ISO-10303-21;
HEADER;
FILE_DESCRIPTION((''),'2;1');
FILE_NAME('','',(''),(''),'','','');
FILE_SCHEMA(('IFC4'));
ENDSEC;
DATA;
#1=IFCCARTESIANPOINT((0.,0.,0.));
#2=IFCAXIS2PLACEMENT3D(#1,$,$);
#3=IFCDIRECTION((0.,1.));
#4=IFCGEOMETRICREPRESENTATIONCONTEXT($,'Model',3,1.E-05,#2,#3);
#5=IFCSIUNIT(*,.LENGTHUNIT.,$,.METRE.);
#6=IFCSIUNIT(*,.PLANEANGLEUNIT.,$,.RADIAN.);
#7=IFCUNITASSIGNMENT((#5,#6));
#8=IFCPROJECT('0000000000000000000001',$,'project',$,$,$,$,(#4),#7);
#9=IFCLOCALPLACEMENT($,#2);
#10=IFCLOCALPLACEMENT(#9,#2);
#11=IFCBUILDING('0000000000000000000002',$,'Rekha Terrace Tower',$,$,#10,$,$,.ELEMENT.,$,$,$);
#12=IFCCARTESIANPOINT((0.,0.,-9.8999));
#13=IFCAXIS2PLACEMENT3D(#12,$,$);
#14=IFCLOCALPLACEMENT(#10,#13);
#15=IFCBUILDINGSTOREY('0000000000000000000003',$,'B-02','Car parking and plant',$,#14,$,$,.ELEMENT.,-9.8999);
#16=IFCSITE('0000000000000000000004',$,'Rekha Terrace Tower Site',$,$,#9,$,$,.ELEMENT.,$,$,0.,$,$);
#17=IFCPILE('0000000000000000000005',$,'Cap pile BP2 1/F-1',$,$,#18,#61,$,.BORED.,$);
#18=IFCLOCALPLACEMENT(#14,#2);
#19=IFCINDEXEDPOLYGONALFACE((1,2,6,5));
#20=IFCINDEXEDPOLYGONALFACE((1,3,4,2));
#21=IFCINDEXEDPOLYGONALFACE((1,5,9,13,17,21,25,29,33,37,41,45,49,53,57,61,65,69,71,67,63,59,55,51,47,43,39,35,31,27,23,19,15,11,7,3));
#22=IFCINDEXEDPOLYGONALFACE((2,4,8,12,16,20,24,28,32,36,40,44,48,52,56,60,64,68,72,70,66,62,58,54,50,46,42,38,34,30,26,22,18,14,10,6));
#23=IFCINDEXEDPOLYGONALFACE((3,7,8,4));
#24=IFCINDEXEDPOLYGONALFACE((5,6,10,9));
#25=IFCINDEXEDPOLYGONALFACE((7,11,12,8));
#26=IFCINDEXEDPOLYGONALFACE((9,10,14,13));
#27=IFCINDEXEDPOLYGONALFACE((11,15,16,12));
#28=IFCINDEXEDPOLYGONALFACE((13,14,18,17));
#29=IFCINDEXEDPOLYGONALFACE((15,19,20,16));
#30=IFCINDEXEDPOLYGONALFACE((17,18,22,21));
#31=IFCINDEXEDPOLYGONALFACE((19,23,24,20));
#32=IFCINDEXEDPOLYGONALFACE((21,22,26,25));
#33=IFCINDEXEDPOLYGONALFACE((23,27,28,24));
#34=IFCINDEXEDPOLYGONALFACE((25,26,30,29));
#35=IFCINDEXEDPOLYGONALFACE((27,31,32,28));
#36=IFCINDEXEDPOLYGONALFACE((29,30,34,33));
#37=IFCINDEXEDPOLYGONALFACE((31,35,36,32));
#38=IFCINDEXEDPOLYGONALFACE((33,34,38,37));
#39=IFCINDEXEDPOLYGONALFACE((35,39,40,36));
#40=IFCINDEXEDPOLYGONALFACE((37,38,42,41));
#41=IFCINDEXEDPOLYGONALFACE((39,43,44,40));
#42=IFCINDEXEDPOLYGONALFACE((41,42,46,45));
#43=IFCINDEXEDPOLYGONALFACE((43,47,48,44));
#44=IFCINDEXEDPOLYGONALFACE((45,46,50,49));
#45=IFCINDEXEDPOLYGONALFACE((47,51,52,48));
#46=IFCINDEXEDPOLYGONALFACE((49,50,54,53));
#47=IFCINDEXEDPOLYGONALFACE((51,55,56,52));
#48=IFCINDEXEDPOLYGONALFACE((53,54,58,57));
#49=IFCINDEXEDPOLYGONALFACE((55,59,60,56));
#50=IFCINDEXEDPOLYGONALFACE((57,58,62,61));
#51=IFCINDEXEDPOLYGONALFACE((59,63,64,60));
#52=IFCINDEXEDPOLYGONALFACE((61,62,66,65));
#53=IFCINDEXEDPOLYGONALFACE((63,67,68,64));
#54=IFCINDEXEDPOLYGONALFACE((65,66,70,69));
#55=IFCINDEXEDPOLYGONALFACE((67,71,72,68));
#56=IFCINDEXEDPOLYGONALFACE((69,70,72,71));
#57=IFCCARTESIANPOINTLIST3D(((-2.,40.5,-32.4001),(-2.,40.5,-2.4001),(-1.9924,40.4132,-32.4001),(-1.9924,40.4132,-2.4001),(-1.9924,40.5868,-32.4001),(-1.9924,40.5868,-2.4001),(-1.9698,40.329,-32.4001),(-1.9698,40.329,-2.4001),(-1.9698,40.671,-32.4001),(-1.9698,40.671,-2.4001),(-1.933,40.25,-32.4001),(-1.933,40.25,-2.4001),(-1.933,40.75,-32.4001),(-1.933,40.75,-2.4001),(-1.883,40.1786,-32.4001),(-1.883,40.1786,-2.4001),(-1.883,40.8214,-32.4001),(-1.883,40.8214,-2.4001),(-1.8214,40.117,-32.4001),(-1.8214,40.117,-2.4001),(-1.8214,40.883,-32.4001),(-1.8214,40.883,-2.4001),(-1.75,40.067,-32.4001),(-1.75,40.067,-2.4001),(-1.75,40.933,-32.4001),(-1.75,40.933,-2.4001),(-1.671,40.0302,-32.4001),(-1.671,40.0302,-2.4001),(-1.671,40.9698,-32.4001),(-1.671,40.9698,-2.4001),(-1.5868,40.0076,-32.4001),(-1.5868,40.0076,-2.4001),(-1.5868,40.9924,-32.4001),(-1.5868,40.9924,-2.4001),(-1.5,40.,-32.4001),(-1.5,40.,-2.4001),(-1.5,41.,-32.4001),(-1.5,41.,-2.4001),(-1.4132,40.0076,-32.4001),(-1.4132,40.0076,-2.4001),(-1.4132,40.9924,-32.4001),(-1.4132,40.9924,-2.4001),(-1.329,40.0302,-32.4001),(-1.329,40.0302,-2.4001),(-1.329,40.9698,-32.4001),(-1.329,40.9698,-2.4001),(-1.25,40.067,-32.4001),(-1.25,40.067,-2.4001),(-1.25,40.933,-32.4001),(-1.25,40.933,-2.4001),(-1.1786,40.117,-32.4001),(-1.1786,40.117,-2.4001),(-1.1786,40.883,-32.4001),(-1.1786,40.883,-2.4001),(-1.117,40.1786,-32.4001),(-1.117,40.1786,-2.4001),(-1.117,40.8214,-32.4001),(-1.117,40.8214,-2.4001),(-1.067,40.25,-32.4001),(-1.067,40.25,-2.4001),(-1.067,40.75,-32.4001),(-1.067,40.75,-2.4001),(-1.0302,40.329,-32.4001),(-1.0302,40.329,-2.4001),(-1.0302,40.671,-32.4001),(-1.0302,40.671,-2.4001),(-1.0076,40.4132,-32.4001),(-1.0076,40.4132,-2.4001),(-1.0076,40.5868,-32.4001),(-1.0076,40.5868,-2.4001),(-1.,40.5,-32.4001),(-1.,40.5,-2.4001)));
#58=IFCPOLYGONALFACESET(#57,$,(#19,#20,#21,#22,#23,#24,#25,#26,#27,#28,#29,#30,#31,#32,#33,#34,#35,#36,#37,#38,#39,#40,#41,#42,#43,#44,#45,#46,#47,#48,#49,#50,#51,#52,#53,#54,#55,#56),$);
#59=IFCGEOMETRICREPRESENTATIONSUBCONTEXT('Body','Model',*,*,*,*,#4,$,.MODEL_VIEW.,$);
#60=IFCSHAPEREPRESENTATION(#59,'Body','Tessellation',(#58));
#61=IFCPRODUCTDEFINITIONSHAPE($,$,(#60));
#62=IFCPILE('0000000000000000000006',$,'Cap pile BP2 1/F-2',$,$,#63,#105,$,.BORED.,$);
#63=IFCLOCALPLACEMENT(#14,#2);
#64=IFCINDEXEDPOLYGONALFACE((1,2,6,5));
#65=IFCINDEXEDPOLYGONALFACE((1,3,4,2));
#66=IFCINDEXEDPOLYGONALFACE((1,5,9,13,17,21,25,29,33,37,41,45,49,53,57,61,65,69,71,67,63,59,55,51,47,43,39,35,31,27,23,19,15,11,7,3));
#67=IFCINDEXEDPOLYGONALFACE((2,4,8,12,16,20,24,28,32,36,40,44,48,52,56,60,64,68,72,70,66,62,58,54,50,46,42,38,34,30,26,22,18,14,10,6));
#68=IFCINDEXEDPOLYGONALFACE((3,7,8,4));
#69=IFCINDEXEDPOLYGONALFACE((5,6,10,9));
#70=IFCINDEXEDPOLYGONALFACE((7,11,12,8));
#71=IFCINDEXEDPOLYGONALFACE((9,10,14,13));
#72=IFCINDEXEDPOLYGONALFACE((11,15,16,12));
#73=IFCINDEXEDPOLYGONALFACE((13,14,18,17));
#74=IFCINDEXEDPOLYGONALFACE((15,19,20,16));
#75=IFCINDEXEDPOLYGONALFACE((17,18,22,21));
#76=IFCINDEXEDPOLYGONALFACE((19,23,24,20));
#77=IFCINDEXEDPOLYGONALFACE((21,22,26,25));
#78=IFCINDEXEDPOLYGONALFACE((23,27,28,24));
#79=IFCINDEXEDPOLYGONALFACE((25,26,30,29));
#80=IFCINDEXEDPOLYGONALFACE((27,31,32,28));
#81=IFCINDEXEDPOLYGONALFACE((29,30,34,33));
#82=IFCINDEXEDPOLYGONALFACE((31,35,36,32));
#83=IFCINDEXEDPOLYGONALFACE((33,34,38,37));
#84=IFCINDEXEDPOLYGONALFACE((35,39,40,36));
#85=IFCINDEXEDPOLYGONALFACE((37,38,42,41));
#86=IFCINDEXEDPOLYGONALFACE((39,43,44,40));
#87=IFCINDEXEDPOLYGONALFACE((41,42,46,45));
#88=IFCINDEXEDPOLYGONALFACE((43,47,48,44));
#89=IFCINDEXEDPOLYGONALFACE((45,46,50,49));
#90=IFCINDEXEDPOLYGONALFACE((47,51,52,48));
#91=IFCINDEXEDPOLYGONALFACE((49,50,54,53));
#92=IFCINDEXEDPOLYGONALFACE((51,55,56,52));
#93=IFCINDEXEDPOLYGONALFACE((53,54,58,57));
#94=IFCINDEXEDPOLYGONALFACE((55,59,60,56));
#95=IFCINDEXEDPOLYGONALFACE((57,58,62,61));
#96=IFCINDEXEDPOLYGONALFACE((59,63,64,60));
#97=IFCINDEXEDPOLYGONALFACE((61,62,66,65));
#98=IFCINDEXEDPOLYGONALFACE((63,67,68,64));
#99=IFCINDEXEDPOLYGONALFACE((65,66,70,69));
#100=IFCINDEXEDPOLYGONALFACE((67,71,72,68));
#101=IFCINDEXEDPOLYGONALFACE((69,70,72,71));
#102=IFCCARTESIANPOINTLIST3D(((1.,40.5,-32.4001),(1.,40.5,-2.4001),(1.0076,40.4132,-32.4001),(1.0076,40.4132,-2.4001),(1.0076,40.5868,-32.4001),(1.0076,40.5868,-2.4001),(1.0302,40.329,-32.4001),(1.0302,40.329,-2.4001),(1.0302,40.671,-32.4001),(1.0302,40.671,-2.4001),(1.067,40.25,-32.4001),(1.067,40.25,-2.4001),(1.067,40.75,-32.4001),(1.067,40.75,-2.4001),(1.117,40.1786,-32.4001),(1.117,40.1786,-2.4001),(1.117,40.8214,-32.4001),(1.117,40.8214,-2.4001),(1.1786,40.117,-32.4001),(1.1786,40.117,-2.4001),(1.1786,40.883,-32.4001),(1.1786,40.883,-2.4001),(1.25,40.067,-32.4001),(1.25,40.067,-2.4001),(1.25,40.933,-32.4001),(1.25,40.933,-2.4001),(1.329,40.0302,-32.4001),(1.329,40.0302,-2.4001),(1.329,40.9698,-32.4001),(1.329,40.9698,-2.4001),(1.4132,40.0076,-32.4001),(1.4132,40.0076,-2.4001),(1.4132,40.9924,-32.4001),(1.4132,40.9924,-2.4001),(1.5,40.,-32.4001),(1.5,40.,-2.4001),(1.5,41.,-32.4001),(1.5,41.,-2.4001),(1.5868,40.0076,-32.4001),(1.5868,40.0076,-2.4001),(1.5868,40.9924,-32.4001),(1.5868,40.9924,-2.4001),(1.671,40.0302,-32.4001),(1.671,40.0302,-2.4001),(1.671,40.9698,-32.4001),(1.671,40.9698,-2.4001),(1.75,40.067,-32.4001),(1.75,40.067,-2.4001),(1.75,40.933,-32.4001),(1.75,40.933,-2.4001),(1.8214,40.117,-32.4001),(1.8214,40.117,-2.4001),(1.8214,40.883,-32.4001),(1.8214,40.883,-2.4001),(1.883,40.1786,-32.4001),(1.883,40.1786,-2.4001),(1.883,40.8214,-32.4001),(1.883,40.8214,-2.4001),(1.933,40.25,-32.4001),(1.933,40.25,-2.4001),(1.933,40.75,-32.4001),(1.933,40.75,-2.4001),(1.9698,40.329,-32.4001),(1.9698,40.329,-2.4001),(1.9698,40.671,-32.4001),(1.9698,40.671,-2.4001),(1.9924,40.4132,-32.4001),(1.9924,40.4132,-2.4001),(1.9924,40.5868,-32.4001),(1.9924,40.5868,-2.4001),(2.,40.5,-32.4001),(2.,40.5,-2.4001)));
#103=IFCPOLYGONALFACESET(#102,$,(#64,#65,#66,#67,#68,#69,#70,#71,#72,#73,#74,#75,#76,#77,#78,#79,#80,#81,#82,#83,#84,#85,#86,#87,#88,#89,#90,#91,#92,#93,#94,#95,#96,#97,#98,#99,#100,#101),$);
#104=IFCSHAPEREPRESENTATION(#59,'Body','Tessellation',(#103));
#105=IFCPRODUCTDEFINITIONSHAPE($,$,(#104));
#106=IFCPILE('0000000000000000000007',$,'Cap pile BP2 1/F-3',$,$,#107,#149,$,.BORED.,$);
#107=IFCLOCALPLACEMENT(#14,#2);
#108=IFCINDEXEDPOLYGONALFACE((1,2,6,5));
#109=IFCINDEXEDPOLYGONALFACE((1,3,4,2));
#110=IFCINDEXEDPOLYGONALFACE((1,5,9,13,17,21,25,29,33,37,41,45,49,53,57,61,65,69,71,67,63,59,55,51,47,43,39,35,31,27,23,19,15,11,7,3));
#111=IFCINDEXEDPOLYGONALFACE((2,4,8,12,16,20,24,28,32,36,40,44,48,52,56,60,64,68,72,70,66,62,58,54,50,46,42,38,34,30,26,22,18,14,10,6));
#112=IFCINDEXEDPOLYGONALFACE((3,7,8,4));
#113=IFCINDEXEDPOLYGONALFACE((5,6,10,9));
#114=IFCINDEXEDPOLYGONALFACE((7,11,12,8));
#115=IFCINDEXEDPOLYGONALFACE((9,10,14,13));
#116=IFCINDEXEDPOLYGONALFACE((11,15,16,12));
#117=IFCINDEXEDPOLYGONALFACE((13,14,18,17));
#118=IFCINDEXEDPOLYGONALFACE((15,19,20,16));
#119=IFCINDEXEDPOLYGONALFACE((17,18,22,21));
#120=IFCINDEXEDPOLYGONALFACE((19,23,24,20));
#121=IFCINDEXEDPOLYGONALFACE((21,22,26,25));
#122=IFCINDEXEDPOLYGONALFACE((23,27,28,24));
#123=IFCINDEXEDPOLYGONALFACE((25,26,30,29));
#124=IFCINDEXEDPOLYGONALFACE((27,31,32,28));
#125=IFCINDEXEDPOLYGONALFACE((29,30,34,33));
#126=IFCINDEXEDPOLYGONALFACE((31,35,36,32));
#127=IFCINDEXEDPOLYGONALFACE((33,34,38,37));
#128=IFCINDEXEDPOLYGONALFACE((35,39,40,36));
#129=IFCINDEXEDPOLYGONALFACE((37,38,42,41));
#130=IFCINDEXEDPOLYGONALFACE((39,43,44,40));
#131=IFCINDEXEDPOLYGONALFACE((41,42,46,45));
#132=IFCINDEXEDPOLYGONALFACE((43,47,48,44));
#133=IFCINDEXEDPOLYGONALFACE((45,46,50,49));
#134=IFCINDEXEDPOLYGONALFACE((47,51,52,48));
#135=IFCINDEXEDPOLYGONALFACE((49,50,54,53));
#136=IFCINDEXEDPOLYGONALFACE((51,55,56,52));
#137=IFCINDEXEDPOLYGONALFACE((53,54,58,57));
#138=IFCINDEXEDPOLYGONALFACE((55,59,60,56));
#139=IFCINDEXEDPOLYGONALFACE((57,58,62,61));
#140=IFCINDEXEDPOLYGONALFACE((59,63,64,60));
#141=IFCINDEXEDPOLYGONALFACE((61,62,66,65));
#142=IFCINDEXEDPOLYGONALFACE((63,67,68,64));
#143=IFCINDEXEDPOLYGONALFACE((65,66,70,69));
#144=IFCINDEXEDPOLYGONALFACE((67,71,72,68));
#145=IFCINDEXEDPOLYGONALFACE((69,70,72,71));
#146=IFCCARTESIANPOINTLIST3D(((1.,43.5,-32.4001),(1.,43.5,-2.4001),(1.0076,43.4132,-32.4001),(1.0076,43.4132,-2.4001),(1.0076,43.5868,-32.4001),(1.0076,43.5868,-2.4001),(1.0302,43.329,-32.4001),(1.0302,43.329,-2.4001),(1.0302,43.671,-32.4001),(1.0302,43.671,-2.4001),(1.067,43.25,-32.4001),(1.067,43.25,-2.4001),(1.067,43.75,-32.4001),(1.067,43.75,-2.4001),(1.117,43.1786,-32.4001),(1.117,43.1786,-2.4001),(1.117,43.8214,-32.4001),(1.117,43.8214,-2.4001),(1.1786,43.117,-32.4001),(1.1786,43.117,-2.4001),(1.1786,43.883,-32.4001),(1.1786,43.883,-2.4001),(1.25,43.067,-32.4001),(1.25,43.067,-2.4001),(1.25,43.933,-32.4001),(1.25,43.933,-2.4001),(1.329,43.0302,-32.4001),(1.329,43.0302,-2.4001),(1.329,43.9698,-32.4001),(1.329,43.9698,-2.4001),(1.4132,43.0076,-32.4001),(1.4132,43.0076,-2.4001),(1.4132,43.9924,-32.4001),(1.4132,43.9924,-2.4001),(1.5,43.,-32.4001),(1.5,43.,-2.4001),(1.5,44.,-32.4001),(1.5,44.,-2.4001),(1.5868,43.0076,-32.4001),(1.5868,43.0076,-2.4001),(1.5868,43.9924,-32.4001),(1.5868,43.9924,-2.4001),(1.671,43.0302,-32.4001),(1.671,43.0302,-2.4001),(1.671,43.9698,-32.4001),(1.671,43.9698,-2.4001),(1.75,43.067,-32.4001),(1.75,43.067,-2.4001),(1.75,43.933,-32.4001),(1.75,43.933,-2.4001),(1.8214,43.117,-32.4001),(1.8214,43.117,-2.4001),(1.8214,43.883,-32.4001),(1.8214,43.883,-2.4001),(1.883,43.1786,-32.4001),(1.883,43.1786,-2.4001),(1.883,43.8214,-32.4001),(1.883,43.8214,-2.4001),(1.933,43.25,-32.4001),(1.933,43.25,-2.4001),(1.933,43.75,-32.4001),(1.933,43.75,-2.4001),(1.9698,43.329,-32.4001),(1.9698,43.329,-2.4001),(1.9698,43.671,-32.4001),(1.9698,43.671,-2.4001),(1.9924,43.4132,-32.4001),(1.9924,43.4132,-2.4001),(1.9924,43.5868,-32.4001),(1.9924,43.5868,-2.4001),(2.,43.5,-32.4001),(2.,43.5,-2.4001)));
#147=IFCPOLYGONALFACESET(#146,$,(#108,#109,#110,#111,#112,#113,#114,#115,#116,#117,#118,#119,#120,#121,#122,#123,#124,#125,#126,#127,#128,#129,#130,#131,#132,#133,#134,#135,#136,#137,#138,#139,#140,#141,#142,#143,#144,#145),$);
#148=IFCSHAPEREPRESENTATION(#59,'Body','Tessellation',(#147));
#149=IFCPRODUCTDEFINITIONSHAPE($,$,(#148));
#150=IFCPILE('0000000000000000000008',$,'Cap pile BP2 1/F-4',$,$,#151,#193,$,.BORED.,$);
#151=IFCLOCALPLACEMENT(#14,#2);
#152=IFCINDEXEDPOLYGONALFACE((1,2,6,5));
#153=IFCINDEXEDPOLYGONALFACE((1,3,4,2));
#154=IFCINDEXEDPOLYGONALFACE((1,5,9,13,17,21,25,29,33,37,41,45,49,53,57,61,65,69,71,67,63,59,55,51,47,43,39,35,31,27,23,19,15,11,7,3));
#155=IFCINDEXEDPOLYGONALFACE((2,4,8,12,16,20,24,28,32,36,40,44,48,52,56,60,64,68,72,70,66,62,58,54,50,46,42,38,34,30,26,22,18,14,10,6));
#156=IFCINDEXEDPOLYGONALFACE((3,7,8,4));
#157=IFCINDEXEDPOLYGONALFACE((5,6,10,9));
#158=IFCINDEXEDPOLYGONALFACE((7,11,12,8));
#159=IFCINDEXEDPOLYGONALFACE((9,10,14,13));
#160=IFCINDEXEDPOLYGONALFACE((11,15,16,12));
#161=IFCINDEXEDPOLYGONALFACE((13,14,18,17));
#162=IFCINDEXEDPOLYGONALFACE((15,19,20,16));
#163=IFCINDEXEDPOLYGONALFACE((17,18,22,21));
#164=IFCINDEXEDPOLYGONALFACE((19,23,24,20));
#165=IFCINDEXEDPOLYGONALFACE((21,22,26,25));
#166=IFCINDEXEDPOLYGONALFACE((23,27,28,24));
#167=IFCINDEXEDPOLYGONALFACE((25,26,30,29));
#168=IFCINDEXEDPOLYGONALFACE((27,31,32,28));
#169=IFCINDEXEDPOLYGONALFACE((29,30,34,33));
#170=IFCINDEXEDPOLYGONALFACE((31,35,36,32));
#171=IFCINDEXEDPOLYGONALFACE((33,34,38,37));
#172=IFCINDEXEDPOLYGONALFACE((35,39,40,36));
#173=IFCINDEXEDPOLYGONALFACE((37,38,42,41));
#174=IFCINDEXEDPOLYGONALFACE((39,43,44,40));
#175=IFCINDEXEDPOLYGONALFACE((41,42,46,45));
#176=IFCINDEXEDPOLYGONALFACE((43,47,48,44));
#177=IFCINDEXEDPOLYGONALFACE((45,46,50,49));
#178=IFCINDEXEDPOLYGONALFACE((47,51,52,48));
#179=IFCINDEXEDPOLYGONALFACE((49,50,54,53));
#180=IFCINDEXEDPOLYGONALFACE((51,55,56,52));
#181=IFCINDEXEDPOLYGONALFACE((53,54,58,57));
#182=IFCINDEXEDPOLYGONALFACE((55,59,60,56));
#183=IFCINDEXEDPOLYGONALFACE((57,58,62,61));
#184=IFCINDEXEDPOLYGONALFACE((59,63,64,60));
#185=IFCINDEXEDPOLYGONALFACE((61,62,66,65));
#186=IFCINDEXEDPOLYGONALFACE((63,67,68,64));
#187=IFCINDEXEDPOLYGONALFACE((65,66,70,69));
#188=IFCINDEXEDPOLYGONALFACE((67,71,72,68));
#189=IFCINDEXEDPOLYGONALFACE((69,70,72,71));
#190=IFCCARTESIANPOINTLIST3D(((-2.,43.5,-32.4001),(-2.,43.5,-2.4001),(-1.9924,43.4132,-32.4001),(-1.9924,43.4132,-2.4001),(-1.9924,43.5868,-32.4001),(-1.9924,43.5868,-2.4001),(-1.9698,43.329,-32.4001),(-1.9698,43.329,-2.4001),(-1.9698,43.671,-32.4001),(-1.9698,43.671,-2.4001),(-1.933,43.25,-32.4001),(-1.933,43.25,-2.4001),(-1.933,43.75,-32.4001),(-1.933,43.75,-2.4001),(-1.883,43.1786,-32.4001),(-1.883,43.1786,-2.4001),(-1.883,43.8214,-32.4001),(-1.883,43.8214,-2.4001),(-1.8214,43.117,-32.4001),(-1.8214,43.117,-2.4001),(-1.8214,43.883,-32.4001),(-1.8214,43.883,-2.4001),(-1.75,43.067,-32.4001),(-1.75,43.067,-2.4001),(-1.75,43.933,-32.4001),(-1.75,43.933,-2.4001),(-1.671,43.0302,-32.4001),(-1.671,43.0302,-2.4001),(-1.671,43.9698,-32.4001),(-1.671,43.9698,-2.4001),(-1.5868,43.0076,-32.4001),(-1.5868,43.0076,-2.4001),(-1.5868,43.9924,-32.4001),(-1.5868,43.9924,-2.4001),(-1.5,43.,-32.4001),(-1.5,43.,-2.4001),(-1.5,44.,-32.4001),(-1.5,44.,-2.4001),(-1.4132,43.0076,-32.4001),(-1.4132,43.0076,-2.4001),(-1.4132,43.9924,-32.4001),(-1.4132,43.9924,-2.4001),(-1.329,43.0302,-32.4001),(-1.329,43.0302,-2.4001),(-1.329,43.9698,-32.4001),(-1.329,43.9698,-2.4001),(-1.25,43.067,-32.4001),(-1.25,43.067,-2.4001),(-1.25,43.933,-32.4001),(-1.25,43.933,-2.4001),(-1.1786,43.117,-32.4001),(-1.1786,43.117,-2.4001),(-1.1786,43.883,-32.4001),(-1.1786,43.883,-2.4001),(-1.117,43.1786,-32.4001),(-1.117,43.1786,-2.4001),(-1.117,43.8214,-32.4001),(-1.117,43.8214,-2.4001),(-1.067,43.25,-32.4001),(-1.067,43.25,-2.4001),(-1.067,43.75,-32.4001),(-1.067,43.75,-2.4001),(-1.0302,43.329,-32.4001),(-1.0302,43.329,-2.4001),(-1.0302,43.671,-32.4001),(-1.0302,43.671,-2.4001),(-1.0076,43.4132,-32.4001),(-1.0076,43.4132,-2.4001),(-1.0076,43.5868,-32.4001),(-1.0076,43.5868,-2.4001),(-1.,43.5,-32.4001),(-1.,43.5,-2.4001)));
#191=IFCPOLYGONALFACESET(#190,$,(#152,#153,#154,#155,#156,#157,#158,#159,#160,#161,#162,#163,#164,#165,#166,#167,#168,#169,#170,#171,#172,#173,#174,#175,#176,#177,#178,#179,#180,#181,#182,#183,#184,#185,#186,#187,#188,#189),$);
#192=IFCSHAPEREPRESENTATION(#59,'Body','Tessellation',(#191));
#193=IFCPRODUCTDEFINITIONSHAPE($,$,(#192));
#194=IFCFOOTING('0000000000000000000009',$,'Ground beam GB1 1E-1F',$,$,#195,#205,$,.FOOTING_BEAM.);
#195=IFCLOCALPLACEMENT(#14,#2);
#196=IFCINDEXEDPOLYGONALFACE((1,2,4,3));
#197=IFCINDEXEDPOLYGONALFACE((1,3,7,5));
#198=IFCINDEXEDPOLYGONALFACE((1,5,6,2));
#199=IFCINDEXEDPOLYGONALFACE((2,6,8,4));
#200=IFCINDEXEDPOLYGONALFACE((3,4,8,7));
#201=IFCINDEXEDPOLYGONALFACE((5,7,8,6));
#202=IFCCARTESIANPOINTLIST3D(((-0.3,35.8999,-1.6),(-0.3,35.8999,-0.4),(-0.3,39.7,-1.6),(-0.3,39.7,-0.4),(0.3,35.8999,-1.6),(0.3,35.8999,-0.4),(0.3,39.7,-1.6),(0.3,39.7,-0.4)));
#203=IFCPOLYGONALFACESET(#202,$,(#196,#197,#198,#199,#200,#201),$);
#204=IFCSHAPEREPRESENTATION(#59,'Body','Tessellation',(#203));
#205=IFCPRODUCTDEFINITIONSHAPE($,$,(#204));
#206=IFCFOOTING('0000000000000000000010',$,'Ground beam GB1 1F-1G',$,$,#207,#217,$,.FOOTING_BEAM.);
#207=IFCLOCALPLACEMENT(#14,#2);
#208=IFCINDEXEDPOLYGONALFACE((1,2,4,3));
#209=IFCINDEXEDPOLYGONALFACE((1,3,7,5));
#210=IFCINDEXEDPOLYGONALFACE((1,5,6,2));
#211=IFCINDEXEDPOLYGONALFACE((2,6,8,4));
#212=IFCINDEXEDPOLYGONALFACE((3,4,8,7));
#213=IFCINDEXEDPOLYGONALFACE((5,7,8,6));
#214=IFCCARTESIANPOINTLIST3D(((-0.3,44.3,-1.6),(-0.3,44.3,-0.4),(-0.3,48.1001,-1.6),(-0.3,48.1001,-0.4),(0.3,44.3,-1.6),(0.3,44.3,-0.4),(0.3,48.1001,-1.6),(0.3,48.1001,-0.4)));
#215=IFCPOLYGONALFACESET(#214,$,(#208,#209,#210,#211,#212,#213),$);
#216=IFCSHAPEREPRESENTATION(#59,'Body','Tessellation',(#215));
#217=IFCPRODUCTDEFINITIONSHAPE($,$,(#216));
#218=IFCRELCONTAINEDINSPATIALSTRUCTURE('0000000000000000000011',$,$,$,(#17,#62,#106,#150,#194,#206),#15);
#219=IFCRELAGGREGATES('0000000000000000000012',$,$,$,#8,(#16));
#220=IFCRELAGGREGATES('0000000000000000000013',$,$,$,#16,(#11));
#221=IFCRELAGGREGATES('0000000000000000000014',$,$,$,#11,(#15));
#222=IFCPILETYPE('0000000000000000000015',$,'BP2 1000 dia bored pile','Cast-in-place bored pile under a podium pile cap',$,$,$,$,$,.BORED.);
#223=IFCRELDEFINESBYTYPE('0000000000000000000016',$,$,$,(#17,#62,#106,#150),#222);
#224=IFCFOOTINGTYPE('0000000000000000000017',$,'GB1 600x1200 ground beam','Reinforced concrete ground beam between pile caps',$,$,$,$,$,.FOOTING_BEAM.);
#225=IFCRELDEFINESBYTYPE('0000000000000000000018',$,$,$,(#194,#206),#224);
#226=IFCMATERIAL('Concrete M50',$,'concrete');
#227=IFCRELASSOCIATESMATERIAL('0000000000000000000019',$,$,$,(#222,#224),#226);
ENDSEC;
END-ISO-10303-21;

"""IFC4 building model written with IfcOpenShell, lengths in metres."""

from ifc_helpers import new_model, si_unit, direction, frame, origin, origin_2d, place, context, subcontext, project, spatial, rectangle, circle, extrude, material, material_profile, profile_set, type_object, element, save


model = new_model("IFC4")

# Units and contexts
model_context = context("Model", 3, precision=1e-05, world=origin(), true_north=direction((0.0, 1.0)))
body_context = subcontext(model_context, "Body", "Model", "MODEL_VIEW")
ifc_project = project(units=[si_unit("LENGTHUNIT", "METRE"), si_unit("PLANEANGLEUNIT", "RADIAN")], contexts=[model_context])

# Site, building, storey
site_placement = place(None, origin())
site = spatial("IfcSite", under=ifc_project, at=site_placement, Name="Rekha Terrace Tower Site", CompositionType="ELEMENT", RefElevation=0.0)
building_placement = place(site_placement, origin())
building = spatial("IfcBuilding", under=site, at=building_placement, Name="Rekha Terrace Tower", CompositionType="ELEMENT")
storey_placement = place(building_placement, frame((0.0, 0.0, -9.8999)))
storey = spatial("IfcBuildingStorey", under=building, at=storey_placement, Name="B-02", Description="Car parking and plant", CompositionType="ELEMENT", Elevation=-9.8999)

# Piles
ifc_material_1 = material(Name="Concrete M50", Category="concrete")
pile_type = type_object("IfcPileType", Name="BP2 1000 dia bored pile", Description="Cast-in-place bored pile under a podium pile cap", PredefinedType="BORED", material=ifc_material_1)
for number, where, z_axis, x_axis, name in (
    (1, (-1.5, 40.5, -2.4001), (0.0, 0.0, -1.0), (1.0, 0.0, 0.0), "Cap pile BP2 1/F-1"),
    (2, (1.5, 40.5, -2.4001), (0.0, 0.0, -1.0), (1.0, 0.0, 0.0), "Cap pile BP2 1/F-2"),
    (3, (1.5, 43.5, -2.4001), (0.0, 0.0, -1.0), (1.0, 0.0, 0.0), "Cap pile BP2 1/F-3"),
    (4, (-1.5, 43.5, -2.4001), (0.0, 0.0, -1.0), (1.0, 0.0, 0.0), "Cap pile BP2 1/F-4"),
):
    element("IfcPile", number, at=place(storey_placement, frame(where, z_axis=z_axis, x_axis=x_axis)), inside=storey, type_object=pile_type, Name=name, PredefinedType="BORED", context=body_context, shape_type="SweptSolid", body=[
        extrude(circle(Radius=0.5, at=origin_2d()), origin(), (0.0, 0.0, 1.0), 30.0),
    ])

# Footings
ifc_material_profile_1 = material_profile(ifc_material_1, rectangle(XDim=0.6001, YDim=1.2, at=origin_2d()), Name="RC 600x1200")
ifc_profile_set_1 = profile_set([ifc_material_profile_1], Name="Concrete M50")
footing_type_1 = type_object("IfcFootingType", Name="GB1 600x1200 ground beam", Description="Reinforced concrete ground beam between pile caps", PredefinedType="FOOTING_BEAM", material=ifc_profile_set_1)
for number, where, z_axis, x_axis, name in (
    (5, (0.0, 35.8999, -1.0), (0.0, 1.0, 0.0), (-1.0, 0.0, 0.0), "Ground beam GB1 1E-1F"),
    (6, (0.0, 44.3, -1.0), (0.0, 1.0, 0.0), (-1.0, 0.0, 0.0), "Ground beam GB1 1F-1G"),
):
    element("IfcFooting", number, at=place(storey_placement, frame(where, z_axis=z_axis, x_axis=x_axis)), inside=storey, type_object=footing_type_1, Name=name, PredefinedType="FOOTING_BEAM", context=body_context, shape_type="SweptSolid", body=[
        extrude(rectangle(XDim=0.6001, YDim=1.2, at=origin_2d()), origin(), (0.0, 0.0, 1.0), 3.8),
    ])

save(model, "model.ifc")
